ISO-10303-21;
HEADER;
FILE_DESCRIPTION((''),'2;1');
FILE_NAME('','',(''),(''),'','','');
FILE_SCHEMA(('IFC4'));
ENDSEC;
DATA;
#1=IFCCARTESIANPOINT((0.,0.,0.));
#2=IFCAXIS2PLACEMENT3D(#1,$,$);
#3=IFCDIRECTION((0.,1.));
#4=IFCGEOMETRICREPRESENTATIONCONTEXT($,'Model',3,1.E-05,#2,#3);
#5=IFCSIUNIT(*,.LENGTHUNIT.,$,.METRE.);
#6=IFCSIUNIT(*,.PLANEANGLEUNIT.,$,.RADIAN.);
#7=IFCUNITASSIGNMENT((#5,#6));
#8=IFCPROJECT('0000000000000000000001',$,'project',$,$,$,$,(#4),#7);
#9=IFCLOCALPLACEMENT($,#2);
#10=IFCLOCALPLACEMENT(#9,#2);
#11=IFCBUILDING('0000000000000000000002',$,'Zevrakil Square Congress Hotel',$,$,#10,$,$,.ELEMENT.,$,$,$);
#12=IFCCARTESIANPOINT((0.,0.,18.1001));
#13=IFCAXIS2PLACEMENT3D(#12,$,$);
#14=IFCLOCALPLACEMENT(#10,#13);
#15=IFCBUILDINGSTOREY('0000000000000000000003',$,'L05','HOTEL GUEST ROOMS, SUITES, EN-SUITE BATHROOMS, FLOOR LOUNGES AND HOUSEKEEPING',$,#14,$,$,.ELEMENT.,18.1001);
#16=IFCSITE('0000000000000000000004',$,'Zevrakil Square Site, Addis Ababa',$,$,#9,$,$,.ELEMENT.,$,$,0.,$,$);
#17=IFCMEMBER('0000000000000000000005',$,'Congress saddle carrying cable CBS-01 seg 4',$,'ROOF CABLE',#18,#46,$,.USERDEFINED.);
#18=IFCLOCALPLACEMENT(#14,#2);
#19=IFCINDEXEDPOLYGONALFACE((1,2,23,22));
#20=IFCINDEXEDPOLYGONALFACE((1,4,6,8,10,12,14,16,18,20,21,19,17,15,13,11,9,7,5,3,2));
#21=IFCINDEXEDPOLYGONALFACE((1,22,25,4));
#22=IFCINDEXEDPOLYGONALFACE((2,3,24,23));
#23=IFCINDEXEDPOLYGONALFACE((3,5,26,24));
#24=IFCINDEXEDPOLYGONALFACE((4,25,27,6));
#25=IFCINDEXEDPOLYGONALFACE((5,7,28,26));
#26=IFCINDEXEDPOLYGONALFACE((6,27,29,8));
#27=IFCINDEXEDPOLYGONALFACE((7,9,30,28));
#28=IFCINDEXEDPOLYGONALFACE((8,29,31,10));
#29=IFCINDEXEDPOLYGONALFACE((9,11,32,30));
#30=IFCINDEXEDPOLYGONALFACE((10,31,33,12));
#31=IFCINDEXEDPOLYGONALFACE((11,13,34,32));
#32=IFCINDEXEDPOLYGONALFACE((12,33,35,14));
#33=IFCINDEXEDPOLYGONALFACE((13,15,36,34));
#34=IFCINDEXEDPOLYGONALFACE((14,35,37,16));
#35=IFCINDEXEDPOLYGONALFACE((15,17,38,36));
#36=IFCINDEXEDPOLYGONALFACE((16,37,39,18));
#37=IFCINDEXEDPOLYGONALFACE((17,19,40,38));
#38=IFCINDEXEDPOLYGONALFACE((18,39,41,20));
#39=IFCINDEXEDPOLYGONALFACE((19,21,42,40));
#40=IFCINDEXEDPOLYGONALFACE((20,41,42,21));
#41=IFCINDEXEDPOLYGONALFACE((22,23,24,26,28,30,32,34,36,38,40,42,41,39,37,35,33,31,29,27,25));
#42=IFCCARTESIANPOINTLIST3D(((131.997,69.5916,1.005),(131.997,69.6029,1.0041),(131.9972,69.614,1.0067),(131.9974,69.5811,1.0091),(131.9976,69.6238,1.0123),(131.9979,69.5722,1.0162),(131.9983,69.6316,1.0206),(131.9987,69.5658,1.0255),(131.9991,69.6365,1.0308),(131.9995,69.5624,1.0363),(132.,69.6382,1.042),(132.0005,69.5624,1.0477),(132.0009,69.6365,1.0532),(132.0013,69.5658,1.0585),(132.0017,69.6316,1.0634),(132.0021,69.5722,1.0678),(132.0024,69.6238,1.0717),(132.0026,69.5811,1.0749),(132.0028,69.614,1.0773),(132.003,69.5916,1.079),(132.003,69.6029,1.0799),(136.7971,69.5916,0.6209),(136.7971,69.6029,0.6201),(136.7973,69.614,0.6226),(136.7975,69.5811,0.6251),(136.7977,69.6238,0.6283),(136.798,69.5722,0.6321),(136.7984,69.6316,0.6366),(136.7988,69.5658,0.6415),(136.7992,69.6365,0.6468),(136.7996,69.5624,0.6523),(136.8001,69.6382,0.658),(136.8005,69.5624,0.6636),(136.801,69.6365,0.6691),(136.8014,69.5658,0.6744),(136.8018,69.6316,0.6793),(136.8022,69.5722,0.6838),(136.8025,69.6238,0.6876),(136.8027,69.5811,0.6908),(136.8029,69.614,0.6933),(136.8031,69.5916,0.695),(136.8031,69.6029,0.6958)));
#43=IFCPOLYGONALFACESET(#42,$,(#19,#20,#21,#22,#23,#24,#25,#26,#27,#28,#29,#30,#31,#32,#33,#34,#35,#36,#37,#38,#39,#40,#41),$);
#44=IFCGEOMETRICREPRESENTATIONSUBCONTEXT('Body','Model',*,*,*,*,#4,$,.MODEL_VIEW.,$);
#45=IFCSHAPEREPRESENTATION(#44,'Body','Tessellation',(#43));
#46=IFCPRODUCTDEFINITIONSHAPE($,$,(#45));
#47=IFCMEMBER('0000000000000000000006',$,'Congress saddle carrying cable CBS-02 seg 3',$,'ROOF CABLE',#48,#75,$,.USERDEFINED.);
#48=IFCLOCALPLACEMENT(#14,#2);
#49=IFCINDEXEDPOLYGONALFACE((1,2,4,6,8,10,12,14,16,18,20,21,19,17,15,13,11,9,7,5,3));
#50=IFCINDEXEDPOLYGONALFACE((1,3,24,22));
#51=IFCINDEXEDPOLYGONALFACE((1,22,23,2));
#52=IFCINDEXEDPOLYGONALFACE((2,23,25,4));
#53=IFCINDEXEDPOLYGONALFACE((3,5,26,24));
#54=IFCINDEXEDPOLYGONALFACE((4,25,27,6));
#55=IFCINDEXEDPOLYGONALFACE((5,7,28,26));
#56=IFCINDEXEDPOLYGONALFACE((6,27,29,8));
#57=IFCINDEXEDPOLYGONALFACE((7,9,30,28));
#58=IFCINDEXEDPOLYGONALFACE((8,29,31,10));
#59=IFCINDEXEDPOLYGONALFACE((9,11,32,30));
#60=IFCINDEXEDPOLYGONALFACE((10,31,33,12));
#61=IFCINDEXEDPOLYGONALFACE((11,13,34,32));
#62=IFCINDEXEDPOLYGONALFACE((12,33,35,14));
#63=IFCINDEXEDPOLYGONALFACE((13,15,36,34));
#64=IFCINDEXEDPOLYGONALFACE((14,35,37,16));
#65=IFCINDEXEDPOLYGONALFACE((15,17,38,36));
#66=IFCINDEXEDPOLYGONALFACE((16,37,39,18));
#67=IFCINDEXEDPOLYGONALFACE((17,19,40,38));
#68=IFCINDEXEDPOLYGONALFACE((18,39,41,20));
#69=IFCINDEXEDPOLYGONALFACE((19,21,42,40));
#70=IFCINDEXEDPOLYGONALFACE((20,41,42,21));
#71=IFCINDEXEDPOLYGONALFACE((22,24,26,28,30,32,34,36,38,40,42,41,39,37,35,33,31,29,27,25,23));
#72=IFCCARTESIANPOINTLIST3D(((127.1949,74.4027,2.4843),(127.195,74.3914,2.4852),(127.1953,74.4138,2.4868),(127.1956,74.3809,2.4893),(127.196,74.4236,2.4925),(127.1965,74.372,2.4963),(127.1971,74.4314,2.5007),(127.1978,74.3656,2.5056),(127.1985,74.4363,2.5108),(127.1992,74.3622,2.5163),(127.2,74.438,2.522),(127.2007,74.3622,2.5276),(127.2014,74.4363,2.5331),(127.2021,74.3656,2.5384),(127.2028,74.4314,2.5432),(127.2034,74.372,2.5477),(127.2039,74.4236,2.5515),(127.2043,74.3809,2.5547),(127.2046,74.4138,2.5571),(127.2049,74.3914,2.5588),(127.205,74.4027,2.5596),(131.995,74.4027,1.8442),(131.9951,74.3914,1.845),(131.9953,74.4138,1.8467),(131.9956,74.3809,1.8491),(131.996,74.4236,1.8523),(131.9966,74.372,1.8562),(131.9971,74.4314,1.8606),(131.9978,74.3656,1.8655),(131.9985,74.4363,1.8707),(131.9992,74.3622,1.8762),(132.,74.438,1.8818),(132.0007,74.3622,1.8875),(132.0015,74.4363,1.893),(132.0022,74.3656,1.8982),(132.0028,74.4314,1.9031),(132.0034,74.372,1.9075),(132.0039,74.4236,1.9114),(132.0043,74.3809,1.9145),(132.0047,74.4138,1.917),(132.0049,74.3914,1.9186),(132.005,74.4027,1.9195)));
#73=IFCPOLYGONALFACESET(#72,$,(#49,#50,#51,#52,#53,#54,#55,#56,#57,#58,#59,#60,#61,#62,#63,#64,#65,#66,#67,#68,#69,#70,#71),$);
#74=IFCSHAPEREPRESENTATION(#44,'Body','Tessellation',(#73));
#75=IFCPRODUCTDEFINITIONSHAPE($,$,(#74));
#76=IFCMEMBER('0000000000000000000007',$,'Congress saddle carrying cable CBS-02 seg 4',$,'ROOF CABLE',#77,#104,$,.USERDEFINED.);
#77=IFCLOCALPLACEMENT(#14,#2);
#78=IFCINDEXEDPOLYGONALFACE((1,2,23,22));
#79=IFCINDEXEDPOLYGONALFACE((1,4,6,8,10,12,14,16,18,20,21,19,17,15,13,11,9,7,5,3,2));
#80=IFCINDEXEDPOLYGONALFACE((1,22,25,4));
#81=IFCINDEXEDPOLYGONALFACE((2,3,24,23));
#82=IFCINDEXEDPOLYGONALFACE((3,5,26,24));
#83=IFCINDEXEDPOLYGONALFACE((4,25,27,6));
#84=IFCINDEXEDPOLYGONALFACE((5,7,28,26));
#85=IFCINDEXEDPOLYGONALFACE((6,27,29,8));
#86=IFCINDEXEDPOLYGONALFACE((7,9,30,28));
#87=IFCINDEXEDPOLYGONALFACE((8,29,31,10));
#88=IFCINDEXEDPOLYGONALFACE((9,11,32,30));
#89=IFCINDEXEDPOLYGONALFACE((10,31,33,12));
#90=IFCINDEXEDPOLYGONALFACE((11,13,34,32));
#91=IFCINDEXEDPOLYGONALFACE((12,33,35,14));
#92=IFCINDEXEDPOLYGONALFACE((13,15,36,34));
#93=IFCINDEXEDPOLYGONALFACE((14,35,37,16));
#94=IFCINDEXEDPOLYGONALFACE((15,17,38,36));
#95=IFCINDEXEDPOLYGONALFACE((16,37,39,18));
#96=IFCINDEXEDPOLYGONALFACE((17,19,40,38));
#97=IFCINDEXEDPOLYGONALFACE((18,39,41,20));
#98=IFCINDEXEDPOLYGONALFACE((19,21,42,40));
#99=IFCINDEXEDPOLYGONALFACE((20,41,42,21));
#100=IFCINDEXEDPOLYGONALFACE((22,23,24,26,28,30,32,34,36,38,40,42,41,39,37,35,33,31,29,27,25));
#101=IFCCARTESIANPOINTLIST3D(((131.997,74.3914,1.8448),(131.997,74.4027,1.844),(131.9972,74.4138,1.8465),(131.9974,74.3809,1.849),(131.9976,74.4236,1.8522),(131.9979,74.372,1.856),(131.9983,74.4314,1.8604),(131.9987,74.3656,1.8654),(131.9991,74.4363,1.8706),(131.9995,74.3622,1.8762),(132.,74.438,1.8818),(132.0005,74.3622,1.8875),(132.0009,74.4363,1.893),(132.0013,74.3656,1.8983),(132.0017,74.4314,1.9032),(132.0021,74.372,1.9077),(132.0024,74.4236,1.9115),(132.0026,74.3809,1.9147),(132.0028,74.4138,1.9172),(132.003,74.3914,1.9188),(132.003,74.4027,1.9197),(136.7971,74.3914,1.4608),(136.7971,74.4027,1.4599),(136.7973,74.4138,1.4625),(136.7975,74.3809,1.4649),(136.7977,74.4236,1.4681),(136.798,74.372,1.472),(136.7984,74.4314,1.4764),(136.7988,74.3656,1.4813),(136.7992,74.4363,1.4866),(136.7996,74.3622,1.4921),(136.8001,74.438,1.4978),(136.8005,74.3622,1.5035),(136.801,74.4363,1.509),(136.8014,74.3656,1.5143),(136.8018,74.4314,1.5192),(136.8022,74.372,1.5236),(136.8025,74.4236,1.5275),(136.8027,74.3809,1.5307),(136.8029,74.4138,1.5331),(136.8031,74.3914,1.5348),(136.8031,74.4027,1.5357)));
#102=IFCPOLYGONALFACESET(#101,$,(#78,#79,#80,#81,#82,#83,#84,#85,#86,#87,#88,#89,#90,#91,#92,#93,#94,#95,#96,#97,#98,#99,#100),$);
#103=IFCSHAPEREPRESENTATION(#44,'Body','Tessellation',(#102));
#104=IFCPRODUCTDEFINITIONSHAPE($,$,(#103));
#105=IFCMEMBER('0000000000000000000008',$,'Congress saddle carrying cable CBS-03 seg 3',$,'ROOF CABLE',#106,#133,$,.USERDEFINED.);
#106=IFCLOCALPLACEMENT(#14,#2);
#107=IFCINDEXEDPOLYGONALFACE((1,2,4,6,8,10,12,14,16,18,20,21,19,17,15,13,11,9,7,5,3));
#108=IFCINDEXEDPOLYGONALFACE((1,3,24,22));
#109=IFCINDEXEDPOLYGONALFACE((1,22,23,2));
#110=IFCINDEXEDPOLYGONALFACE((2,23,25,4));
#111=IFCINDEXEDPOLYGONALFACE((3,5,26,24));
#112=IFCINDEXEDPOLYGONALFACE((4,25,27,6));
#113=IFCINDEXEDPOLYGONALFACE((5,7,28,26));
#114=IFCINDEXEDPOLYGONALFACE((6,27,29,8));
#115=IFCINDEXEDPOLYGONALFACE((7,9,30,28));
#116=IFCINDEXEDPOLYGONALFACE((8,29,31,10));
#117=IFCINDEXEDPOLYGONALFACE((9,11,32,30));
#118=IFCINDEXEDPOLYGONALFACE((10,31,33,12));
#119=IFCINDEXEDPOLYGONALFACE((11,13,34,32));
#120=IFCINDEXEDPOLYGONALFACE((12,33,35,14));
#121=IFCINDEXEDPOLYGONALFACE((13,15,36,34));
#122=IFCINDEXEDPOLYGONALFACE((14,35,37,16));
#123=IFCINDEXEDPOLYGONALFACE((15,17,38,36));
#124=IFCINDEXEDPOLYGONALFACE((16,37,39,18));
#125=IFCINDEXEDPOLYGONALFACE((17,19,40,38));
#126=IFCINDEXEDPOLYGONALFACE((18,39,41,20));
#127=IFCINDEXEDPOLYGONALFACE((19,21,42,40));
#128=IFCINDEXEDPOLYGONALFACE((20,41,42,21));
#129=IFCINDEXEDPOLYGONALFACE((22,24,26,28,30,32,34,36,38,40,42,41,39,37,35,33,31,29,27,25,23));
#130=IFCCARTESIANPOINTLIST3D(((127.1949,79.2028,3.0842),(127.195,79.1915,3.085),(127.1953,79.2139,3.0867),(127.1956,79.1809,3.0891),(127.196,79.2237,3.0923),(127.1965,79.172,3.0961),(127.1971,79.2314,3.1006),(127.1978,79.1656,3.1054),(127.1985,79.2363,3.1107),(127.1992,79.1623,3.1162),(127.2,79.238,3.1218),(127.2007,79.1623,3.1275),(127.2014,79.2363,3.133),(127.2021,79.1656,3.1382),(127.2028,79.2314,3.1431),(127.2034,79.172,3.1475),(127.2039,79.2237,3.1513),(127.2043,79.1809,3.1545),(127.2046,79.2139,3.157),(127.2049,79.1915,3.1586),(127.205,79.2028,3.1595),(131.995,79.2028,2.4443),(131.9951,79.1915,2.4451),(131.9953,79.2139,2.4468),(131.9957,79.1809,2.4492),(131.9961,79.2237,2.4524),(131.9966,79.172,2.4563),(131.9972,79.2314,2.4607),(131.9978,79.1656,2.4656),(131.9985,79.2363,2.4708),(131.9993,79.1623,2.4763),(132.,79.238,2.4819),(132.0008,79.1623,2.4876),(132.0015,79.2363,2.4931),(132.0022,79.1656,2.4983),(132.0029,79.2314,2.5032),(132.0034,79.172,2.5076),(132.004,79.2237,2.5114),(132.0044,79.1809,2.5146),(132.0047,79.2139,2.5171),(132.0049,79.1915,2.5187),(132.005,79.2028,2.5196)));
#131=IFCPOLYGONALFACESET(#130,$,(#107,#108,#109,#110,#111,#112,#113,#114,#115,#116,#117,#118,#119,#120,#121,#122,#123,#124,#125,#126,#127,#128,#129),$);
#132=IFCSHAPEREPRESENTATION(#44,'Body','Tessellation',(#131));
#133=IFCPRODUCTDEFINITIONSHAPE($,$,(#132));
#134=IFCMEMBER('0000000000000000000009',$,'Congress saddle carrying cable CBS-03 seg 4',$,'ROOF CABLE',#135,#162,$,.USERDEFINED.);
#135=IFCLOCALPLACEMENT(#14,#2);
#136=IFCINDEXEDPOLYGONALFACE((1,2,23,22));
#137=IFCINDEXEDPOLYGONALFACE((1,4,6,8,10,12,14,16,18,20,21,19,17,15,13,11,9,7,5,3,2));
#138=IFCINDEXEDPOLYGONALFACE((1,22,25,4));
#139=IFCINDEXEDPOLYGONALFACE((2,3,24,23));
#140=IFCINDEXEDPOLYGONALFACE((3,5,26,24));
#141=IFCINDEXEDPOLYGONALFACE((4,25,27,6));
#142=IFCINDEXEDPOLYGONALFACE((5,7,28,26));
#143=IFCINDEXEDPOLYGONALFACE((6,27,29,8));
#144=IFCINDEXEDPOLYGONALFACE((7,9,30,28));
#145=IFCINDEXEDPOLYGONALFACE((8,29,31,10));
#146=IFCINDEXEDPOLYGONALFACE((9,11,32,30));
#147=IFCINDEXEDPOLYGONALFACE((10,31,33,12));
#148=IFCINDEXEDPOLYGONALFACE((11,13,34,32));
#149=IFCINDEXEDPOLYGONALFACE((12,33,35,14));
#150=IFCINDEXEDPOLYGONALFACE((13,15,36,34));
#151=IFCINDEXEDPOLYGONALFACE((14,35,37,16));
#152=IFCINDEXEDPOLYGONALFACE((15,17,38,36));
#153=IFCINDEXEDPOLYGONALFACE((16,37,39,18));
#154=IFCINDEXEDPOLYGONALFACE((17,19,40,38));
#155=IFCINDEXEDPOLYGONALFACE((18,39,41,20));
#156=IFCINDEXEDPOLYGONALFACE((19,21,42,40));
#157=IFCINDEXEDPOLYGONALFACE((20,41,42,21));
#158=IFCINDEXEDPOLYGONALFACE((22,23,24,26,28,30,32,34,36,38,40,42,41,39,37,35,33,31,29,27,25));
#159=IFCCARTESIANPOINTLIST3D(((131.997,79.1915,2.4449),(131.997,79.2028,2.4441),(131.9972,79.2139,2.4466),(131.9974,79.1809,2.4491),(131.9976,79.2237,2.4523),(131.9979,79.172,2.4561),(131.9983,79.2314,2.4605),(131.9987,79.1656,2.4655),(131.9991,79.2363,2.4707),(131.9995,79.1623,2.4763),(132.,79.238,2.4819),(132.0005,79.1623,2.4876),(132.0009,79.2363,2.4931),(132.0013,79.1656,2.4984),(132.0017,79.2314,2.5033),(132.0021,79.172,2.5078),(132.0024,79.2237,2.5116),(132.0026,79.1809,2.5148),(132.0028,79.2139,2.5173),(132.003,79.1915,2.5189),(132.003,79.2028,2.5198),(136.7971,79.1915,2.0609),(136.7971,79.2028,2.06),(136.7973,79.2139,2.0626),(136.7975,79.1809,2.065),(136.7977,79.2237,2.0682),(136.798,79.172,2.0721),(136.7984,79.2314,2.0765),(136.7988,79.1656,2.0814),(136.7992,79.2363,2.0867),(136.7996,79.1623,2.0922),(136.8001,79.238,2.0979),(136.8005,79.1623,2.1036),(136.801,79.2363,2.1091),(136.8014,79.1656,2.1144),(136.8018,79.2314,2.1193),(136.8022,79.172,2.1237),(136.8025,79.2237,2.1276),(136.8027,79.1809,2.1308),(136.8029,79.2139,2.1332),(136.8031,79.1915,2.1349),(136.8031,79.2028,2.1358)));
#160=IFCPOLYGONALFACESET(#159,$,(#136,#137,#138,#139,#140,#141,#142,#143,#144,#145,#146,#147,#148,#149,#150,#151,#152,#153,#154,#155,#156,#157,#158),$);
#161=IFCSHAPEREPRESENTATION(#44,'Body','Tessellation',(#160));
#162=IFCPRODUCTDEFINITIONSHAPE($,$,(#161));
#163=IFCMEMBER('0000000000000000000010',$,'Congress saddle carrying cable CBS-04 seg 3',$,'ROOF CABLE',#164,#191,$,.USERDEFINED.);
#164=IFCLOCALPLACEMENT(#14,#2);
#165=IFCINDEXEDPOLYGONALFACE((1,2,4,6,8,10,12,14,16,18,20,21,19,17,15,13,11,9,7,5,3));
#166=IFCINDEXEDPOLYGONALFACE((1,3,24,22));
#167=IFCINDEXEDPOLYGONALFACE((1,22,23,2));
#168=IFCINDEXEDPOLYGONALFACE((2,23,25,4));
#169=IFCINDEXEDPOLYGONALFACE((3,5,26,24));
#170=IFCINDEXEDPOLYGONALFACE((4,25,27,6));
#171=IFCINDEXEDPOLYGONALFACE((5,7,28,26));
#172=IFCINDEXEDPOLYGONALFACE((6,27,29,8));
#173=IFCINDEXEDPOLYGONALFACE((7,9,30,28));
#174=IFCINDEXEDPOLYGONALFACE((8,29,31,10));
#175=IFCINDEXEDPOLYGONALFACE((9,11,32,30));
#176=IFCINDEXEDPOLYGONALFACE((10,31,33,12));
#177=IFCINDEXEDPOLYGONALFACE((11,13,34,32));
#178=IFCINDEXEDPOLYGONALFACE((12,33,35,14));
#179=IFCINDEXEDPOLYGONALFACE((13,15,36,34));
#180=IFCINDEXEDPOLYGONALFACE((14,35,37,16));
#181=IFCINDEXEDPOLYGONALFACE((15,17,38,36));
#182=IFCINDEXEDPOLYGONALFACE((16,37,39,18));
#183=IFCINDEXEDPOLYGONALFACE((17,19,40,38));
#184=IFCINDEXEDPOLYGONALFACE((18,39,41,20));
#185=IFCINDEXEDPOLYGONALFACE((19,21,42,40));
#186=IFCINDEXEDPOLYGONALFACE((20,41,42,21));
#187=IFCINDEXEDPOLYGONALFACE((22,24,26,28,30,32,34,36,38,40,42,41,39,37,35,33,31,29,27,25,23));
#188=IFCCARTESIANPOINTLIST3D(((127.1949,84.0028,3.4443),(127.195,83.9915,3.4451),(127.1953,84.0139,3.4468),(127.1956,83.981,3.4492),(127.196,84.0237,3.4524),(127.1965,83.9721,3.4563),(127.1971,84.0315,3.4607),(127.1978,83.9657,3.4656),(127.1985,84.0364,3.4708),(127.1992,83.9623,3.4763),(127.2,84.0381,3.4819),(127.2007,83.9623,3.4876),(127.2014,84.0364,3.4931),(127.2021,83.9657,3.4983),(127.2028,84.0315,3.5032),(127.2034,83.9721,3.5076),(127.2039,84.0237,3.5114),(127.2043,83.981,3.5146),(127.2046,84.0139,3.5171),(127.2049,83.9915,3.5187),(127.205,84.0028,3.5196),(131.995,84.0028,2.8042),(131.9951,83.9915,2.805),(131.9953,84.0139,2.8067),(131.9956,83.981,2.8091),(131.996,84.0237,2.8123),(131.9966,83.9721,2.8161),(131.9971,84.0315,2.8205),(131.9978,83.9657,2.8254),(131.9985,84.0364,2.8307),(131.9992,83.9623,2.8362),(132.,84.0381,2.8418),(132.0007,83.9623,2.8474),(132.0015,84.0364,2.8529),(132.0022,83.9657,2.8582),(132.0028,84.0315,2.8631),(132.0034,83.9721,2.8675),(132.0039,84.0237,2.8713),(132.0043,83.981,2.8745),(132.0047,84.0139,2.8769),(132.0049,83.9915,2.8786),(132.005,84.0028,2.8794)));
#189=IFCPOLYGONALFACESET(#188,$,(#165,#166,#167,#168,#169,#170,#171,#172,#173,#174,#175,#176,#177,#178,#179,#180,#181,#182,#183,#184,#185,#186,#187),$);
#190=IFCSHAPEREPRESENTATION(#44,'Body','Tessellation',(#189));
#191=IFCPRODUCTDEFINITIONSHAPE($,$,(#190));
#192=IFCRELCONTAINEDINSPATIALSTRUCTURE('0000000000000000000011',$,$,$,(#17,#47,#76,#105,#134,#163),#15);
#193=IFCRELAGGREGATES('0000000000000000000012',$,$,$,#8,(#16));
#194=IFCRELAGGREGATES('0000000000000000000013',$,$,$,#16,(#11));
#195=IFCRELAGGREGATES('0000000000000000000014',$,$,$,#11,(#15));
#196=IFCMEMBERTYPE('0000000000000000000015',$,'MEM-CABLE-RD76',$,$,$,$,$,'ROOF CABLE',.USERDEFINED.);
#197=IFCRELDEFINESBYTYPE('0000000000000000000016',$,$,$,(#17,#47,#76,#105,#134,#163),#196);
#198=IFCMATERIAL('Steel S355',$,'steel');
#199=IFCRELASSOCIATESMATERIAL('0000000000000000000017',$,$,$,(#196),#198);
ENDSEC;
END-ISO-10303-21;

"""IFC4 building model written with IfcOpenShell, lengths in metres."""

from ifc_helpers import new_model, si_unit, direction, frame, origin, origin_2d, place, context, subcontext, project, spatial, circle, extrude, material, material_profile, profile_set, type_object, element, save


model = new_model("IFC4")

# Units and contexts
model_context = context("Model", 3, precision=1e-05, world=origin(), true_north=direction((0.0, 1.0)))
body_context = subcontext(model_context, "Body", "Model", "MODEL_VIEW")
ifc_project = project(units=[si_unit("LENGTHUNIT", "METRE"), si_unit("PLANEANGLEUNIT", "RADIAN")], contexts=[model_context])

# Site, building, storey
site_placement = place(None, origin())
site = spatial("IfcSite", under=ifc_project, at=site_placement, Name="Zevrakil Square Site, Addis Ababa", CompositionType="ELEMENT", RefElevation=0.0)
building_placement = place(site_placement, origin())
building = spatial("IfcBuilding", under=site, at=building_placement, Name="Zevrakil Square Congress Hotel", CompositionType="ELEMENT")
storey_placement = place(building_placement, frame((0.0, 0.0, 18.1001)))
storey = spatial("IfcBuildingStorey", under=building, at=storey_placement, Name="L05", Description="HOTEL GUEST ROOMS, SUITES, EN-SUITE BATHROOMS, FLOOR LOUNGES AND HOUSEKEEPING", CompositionType="ELEMENT", Elevation=18.1001)

# Members
ifc_material_1 = material(Name="Steel S355", Category="steel")
ifc_material_profile_1 = material_profile(ifc_material_1, circle(Radius=0.0381, at=origin_2d()), Name="CABLE RD76")
ifc_profile_set_1 = profile_set([ifc_material_profile_1], Name="Steel S355")
member_type_1 = type_object("IfcMemberType", Name="MEM-CABLE-RD76", ElementType="ROOF CABLE", PredefinedType="USERDEFINED", material=ifc_profile_set_1)
member_1_placement = place(storey_placement, frame((132.0, 69.6001, 1.042), z_axis=(0.996815, 0.0, -0.079751), x_axis=(0.0, 1.0, 0.0)))
element("IfcMember", 1, at=member_1_placement, inside=storey, type_object=member_type_1, Name="Congress saddle carrying cable CBS-01 seg 4", ObjectType="ROOF CABLE", PredefinedType="USERDEFINED", context=body_context, shape_type="SweptSolid", body=[
    extrude(circle(Radius=0.0381, at=origin_2d()), origin(), (0.0, 0.0, 1.0), 4.8154),
])
member_2_placement = place(storey_placement, frame((127.2, 74.3999, 2.522), z_axis=(0.991224, 0.0, -0.13219), x_axis=(0.0, 1.0, 0.0)))
element("IfcMember", 2, at=member_2_placement, inside=storey, type_object=member_type_1, Name="Congress saddle carrying cable CBS-02 seg 3", ObjectType="ROOF CABLE", PredefinedType="USERDEFINED", context=body_context, shape_type="SweptSolid", body=[
    extrude(circle(Radius=0.0381, at=origin_2d()), origin(), (0.0, 0.0, 1.0), 4.8425),
])
member_3_placement = place(storey_placement, frame((132.0, 74.3999, 1.8818), z_axis=(0.996815, 0.0, -0.079751), x_axis=(0.0, 1.0, 0.0)))
element("IfcMember", 3, at=member_3_placement, inside=storey, type_object=member_type_1, Name="Congress saddle carrying cable CBS-02 seg 4", ObjectType="ROOF CABLE", PredefinedType="USERDEFINED", context=body_context, shape_type="SweptSolid", body=[
    extrude(circle(Radius=0.0381, at=origin_2d()), origin(), (0.0, 0.0, 1.0), 4.8154),
])
member_4_placement = place(storey_placement, frame((127.2, 79.2, 3.1218), z_axis=(0.991231, 0.0, -0.132141), x_axis=(0.0, 1.0, 0.0)))
element("IfcMember", 4, at=member_4_placement, inside=storey, type_object=member_type_1, Name="Congress saddle carrying cable CBS-03 seg 3", ObjectType="ROOF CABLE", PredefinedType="USERDEFINED", context=body_context, shape_type="SweptSolid", body=[
    extrude(circle(Radius=0.0381, at=origin_2d()), origin(), (0.0, 0.0, 1.0), 4.8425),
])
member_5_placement = place(storey_placement, frame((132.0, 79.2, 2.4819), z_axis=(0.996815, 0.0, -0.079751), x_axis=(0.0, 1.0, 0.0)))
element("IfcMember", 5, at=member_5_placement, inside=storey, type_object=member_type_1, Name="Congress saddle carrying cable CBS-03 seg 4", ObjectType="ROOF CABLE", PredefinedType="USERDEFINED", context=body_context, shape_type="SweptSolid", body=[
    extrude(circle(Radius=0.0381, at=origin_2d()), origin(), (0.0, 0.0, 1.0), 4.8154),
])
member_6_placement = place(storey_placement, frame((127.2, 84.0, 3.4819), z_axis=(0.991224, 0.0, -0.13219), x_axis=(0.0, 1.0, 0.0)))
element("IfcMember", 6, at=member_6_placement, inside=storey, type_object=member_type_1, Name="Congress saddle carrying cable CBS-04 seg 3", ObjectType="ROOF CABLE", PredefinedType="USERDEFINED", context=body_context, shape_type="SweptSolid", body=[
    extrude(circle(Radius=0.0381, at=origin_2d()), origin(), (0.0, 0.0, 1.0), 4.8425),
])

save(model, "model.ifc")
